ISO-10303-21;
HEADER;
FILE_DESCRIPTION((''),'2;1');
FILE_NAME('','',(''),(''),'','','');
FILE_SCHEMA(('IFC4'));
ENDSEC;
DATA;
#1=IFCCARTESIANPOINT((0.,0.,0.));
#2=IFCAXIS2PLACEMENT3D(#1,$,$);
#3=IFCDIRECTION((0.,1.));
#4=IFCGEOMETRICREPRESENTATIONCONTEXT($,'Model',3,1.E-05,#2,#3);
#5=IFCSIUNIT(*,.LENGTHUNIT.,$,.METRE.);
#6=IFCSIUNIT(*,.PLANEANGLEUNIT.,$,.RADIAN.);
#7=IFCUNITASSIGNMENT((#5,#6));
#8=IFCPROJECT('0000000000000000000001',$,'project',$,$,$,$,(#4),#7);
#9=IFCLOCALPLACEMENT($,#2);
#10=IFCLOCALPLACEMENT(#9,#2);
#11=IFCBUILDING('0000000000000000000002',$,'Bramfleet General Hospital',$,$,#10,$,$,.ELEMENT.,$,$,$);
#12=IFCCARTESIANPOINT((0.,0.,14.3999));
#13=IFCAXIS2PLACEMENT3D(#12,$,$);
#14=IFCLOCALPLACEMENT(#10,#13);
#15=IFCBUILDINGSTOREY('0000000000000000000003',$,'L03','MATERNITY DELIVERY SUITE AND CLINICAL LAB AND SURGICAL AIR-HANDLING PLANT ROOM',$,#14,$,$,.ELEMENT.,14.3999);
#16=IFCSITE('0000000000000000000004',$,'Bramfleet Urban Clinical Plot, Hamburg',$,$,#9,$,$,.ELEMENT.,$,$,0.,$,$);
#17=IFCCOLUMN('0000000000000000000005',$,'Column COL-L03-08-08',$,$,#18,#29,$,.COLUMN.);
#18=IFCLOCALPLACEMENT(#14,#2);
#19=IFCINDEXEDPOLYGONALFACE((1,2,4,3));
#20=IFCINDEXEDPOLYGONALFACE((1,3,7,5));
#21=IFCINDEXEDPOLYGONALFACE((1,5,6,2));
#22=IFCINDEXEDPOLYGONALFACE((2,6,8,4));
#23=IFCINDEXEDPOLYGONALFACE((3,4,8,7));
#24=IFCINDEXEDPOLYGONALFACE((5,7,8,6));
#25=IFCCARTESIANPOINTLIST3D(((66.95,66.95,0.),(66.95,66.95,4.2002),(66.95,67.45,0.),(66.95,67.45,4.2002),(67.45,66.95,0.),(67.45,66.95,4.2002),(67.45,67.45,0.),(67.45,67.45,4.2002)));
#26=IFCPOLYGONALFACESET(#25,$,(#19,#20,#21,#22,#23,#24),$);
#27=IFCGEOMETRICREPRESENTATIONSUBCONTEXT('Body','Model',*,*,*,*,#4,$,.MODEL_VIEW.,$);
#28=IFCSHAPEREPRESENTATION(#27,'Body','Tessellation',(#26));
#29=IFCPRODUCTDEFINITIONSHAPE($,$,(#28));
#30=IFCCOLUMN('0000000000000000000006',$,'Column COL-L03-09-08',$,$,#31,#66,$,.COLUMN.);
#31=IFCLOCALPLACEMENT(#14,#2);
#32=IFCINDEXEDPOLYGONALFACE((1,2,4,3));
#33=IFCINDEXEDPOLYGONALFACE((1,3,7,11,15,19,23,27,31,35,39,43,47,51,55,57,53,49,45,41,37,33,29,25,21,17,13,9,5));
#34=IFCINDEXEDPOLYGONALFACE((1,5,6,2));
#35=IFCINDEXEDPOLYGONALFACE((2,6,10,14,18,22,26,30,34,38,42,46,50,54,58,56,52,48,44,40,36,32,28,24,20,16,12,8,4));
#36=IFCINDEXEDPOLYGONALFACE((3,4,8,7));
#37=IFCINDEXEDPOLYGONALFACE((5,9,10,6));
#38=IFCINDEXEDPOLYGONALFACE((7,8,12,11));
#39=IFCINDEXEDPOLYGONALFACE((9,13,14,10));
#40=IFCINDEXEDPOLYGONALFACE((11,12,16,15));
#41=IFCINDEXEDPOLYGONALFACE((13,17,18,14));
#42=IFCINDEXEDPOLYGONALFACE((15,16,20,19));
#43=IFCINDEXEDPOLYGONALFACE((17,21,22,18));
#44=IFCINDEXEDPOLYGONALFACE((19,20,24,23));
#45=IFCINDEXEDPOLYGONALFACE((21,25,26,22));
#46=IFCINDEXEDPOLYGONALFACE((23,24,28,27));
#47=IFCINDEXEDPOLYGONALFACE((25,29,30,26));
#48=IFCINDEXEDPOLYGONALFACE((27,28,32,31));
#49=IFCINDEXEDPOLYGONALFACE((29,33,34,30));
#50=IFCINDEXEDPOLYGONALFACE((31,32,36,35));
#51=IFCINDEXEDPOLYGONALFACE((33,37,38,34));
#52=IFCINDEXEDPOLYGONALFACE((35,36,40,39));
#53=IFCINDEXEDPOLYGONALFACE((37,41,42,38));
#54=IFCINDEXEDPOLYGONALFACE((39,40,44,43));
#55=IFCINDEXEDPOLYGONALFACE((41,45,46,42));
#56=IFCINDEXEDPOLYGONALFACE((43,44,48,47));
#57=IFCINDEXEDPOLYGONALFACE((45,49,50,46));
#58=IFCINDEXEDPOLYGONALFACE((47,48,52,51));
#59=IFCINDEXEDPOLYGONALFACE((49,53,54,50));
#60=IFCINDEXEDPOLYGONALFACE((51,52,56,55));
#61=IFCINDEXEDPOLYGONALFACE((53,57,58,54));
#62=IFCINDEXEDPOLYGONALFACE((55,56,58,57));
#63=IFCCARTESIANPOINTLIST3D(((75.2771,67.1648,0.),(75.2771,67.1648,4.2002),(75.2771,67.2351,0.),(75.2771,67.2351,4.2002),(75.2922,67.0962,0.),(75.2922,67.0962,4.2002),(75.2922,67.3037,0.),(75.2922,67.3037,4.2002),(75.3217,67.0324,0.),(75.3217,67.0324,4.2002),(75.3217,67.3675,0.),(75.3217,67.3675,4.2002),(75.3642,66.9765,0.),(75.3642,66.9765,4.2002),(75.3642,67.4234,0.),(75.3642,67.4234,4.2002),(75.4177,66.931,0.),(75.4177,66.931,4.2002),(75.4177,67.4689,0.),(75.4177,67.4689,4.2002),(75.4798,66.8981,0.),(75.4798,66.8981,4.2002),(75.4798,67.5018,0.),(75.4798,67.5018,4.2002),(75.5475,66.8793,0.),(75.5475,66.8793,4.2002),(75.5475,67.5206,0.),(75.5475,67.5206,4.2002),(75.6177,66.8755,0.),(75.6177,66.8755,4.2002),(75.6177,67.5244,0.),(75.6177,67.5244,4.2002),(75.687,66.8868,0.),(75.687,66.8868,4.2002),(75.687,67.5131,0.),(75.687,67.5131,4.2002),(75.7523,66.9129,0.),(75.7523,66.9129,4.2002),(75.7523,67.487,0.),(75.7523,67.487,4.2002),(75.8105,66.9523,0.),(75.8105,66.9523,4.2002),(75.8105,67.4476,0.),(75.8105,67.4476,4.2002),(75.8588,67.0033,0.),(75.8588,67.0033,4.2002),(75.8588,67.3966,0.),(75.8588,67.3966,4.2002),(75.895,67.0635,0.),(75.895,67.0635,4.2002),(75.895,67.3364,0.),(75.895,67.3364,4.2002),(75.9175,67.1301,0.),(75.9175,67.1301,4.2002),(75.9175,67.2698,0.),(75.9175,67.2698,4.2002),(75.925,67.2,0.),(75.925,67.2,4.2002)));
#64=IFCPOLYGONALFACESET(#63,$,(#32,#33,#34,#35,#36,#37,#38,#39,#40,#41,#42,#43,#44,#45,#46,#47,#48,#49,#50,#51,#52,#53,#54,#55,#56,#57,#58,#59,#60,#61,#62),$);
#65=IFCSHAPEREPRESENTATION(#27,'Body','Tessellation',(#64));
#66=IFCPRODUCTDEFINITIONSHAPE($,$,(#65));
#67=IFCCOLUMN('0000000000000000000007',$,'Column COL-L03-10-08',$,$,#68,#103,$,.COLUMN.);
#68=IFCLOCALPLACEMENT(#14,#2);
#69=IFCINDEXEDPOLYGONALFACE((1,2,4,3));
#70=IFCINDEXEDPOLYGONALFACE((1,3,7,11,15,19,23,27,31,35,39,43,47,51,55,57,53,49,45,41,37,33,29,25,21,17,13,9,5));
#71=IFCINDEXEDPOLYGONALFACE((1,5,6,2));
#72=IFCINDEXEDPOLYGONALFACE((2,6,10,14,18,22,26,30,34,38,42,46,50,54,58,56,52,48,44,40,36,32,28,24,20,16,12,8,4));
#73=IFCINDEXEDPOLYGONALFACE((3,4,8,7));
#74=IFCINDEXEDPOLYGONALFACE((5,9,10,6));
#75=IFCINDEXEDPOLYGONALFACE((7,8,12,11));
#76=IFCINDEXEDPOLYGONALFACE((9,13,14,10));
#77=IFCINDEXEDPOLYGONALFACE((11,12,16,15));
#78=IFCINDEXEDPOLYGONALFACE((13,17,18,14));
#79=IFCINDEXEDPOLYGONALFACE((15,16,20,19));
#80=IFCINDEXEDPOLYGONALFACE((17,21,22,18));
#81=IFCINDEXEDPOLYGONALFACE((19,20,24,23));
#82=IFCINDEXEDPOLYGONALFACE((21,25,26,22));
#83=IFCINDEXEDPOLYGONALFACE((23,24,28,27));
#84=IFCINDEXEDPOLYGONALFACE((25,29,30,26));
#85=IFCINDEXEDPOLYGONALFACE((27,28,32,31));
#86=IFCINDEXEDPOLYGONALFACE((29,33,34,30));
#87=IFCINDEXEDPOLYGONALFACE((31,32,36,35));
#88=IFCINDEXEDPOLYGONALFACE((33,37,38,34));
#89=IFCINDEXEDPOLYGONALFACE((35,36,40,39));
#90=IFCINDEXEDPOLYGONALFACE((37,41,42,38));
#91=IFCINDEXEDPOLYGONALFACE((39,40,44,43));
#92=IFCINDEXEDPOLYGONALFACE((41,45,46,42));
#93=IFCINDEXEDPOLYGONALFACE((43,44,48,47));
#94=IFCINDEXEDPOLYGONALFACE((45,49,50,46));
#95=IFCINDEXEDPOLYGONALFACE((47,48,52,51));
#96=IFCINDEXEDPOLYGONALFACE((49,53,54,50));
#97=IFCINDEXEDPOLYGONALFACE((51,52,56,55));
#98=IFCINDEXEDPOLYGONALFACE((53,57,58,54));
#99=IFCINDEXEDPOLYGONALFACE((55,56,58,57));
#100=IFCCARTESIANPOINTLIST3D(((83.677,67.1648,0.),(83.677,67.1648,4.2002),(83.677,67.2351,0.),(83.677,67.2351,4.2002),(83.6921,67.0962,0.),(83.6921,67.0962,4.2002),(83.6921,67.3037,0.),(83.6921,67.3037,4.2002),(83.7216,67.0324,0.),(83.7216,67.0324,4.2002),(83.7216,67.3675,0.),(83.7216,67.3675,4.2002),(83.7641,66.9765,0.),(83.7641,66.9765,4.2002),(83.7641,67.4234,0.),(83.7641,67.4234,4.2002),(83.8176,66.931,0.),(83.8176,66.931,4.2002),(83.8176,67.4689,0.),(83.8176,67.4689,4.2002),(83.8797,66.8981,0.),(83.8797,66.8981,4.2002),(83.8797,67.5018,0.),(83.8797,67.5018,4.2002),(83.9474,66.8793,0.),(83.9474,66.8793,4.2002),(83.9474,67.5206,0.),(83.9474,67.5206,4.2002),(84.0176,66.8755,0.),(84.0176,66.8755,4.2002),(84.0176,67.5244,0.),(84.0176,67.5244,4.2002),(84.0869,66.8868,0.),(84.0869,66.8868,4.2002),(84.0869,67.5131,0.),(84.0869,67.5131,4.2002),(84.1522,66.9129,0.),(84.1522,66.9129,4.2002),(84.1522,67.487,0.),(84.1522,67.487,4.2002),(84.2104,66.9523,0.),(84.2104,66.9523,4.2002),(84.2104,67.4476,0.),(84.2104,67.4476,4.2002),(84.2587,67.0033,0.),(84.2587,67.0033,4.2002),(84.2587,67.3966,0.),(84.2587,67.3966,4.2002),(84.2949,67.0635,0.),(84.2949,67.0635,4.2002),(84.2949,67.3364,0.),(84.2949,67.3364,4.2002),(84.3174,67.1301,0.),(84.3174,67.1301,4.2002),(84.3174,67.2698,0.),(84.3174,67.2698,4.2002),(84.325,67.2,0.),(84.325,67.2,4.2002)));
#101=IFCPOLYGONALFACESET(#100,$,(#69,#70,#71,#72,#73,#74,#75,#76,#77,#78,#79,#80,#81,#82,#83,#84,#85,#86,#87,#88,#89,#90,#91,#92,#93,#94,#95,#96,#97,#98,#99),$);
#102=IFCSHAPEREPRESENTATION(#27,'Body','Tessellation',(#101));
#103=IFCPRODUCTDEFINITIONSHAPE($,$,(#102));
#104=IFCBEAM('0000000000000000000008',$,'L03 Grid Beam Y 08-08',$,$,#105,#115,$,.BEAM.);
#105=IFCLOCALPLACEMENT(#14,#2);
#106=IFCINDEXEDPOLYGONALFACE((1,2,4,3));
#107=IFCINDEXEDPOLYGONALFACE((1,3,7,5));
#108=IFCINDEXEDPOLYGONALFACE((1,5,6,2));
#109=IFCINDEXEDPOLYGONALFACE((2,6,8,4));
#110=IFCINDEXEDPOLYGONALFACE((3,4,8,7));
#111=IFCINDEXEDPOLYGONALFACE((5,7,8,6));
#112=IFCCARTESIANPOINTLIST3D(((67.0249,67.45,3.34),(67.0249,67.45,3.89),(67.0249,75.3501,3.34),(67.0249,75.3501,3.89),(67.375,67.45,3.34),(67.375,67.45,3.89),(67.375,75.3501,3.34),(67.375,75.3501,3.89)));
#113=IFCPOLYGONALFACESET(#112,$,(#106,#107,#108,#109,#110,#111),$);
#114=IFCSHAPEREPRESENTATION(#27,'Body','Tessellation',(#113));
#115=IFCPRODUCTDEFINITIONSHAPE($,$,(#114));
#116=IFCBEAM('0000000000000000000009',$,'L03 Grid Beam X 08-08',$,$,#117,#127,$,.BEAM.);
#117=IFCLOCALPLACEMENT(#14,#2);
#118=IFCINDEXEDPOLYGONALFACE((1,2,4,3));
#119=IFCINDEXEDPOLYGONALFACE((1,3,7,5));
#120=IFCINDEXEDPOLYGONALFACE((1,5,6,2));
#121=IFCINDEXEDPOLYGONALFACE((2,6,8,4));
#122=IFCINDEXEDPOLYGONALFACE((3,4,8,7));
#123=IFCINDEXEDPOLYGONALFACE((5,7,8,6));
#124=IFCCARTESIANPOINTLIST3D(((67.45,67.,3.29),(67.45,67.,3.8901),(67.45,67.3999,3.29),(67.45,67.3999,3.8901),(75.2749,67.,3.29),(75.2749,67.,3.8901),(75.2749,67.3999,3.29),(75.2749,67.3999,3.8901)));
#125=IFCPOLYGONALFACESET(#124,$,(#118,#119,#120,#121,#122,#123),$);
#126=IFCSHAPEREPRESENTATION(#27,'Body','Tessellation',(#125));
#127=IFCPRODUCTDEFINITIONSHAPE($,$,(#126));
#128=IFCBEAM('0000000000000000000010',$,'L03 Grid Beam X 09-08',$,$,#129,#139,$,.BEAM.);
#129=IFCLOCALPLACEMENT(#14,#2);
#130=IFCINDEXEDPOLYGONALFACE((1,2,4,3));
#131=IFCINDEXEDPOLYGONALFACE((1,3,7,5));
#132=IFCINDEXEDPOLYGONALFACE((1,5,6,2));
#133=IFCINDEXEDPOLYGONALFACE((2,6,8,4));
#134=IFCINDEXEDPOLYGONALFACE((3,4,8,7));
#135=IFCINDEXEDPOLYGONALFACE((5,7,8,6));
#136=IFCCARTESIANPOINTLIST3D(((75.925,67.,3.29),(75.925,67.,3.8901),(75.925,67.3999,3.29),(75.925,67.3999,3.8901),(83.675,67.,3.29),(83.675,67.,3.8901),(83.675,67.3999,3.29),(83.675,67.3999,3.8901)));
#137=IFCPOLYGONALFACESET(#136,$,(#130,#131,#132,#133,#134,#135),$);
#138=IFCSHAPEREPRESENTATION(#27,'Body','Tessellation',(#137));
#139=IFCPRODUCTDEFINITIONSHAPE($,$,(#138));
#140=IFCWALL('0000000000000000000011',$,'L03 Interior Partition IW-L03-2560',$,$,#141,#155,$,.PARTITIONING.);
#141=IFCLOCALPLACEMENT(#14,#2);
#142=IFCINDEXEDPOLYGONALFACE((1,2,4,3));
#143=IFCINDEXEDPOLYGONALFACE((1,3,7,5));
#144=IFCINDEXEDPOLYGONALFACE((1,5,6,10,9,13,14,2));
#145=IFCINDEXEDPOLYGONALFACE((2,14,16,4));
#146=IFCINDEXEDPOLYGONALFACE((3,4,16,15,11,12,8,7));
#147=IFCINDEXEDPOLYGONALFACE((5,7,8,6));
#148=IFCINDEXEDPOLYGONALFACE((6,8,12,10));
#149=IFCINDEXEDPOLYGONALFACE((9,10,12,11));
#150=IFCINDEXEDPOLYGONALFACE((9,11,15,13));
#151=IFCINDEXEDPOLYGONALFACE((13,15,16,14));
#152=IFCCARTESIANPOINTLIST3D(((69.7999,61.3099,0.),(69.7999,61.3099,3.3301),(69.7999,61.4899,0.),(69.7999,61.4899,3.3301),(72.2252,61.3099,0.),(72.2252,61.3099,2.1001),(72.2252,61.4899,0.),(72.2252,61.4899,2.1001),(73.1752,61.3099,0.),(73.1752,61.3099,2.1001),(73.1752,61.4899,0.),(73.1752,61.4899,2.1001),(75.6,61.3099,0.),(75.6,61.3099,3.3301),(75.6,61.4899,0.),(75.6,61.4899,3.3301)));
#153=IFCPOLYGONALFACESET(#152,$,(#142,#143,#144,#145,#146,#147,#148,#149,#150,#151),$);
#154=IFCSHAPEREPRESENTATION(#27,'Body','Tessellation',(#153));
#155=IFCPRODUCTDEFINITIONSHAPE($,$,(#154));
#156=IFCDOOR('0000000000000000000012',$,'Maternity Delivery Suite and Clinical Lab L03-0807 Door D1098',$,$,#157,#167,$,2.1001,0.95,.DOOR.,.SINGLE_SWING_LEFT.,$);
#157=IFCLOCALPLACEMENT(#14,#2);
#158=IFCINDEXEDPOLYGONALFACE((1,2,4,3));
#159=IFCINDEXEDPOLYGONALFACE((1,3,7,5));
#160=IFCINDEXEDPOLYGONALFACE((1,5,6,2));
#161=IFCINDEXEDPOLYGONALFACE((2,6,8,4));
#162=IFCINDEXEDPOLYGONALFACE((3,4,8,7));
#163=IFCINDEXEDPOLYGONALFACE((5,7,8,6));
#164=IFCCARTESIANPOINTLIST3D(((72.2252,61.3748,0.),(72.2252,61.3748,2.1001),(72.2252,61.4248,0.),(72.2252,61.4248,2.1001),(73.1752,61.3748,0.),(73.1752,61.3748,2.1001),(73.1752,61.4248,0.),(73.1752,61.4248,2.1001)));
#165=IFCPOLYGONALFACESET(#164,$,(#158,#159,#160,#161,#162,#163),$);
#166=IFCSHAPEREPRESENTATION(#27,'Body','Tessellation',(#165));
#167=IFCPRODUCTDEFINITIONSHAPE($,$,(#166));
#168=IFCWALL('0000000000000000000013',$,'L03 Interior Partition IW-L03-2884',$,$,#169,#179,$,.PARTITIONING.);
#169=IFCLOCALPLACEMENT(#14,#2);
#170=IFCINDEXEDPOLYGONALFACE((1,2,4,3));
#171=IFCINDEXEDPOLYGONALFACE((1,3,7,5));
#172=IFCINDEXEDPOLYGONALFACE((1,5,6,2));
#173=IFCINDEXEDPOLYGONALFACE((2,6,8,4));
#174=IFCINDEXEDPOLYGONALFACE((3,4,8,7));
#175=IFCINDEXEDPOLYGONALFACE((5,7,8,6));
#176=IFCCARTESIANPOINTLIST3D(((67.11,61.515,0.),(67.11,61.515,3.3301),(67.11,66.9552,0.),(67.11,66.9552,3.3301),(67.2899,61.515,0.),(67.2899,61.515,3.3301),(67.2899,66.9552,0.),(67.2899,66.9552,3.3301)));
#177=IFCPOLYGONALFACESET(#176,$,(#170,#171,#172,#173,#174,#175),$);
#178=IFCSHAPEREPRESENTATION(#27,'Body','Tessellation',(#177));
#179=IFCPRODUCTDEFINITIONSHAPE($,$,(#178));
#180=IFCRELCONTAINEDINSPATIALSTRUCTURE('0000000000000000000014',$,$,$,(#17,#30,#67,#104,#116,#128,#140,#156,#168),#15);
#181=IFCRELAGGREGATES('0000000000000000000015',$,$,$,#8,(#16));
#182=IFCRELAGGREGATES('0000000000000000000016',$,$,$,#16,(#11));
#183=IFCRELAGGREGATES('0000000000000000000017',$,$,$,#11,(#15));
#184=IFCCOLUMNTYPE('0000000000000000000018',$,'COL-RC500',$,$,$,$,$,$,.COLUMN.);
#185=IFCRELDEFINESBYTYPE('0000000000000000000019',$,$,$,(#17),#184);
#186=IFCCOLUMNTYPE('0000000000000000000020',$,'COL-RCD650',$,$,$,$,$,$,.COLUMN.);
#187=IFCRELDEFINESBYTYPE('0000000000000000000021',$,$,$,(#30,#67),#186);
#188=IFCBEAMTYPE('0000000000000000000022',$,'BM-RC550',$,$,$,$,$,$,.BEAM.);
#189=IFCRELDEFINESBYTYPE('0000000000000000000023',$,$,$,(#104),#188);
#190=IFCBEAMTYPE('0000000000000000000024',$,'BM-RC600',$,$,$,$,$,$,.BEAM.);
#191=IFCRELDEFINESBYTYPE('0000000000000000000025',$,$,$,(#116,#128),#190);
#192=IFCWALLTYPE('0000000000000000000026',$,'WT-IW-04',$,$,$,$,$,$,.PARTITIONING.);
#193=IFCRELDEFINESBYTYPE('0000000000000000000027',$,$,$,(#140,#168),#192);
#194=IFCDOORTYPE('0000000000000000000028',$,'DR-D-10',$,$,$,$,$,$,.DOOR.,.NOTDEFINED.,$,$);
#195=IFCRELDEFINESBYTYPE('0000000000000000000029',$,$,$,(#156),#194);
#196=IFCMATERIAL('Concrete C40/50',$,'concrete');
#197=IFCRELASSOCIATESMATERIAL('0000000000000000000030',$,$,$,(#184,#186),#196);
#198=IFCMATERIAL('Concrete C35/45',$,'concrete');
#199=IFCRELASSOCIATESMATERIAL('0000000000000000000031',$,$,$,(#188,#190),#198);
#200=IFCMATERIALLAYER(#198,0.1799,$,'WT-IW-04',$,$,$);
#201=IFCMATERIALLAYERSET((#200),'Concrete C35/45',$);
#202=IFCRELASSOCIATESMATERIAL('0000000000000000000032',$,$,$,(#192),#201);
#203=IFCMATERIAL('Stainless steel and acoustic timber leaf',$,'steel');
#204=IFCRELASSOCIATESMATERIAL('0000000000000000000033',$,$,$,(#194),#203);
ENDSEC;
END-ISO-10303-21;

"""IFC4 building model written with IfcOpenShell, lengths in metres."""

from ifc_helpers import new_model, si_unit, direction, frame, frame_2d, origin, origin_2d, place, context, subcontext, project, spatial, rectangle, circle, extrude, material, layer, layer_set, material_profile, profile_set, type_object, element, fill, save


model = new_model("IFC4")

# Units and contexts
model_context = context("Model", 3, precision=1e-05, world=origin(), true_north=direction((0.0, 1.0)))
body_context = subcontext(model_context, "Body", "Model", "MODEL_VIEW")
ifc_project = project(units=[si_unit("LENGTHUNIT", "METRE"), si_unit("PLANEANGLEUNIT", "RADIAN")], contexts=[model_context])

# Site, building, storey
site_placement = place(None, origin())
site = spatial("IfcSite", under=ifc_project, at=site_placement, Name="Bramfleet Urban Clinical Plot, Hamburg", CompositionType="ELEMENT", RefElevation=0.0)
building_placement = place(site_placement, origin())
building = spatial("IfcBuilding", under=site, at=building_placement, Name="Bramfleet General Hospital", CompositionType="ELEMENT")
storey_placement = place(building_placement, frame((0.0, 0.0, 14.3999)))
storey = spatial("IfcBuildingStorey", under=building, at=storey_placement, Name="L03", Description="MATERNITY DELIVERY SUITE AND CLINICAL LAB AND SURGICAL AIR-HANDLING PLANT ROOM", CompositionType="ELEMENT", Elevation=14.3999)

# Columns
ifc_material_1 = material(Name="Concrete C40/50", Category="concrete")
ifc_material_profile_1 = material_profile(ifc_material_1, rectangle(XDim=0.5, YDim=0.5, at=origin_2d()), Name="RC COL 500x500")
ifc_profile_set_1 = profile_set([ifc_material_profile_1], Name="Concrete C40/50")
column_type_1 = type_object("IfcColumnType", Name="COL-RC500", PredefinedType="COLUMN", material=ifc_profile_set_1)
column_placement = place(storey_placement, frame((67.2, 67.2, 0.0), z_axis=(0.0, 0.0, 1.0), x_axis=(1.0, 0.0, 0.0)))
element("IfcColumn", 1, at=column_placement, inside=storey, type_object=column_type_1, Name="Column COL-L03-08-08", PredefinedType="COLUMN", context=body_context, shape_type="SweptSolid", body=[
    extrude(rectangle(XDim=0.5, YDim=0.5, at=origin_2d()), origin(), (0.0, 0.0, 1.0), 4.2002),
])
ifc_material_profile_2 = material_profile(ifc_material_1, circle(Radius=0.325, at=origin_2d()), Name="RC ROUND D650")
ifc_profile_set_2 = profile_set([ifc_material_profile_2], Name="Concrete C40/50")
column_type_2 = type_object("IfcColumnType", Name="COL-RCD650", PredefinedType="COLUMN", material=ifc_profile_set_2)
for number, where, z_axis, x_axis, name in (
    (2, (75.6001, 67.2, 0.0), (0.0, 0.0, 1.0), (1.0, 0.0, 0.0), "Column COL-L03-09-08"),
    (3, (84.0, 67.2, 0.0), (0.0, 0.0, 1.0), (1.0, 0.0, 0.0), "Column COL-L03-10-08"),
):
    element("IfcColumn", number, at=place(storey_placement, frame(where, z_axis=z_axis, x_axis=x_axis)), inside=storey, type_object=column_type_2, Name=name, PredefinedType="COLUMN", context=body_context, shape_type="SweptSolid", body=[
        extrude(circle(Radius=0.325, at=origin_2d()), origin(), (0.0, 0.0, 1.0), 4.2002),
    ])

# Beams
ifc_material_2 = material(Name="Concrete C35/45", Category="concrete")
ifc_material_profile_3 = material_profile(ifc_material_2, rectangle(XDim=0.3501, YDim=0.55, at=origin_2d()), Name="RC BM 550x350")
ifc_profile_set_3 = profile_set([ifc_material_profile_3], Name="Concrete C35/45")
beam_type_1 = type_object("IfcBeamType", Name="BM-RC550", PredefinedType="BEAM", material=ifc_profile_set_3)
beam_1_placement = place(storey_placement, frame((67.2, 67.45, 3.615), z_axis=(0.0, 1.0, 0.0), x_axis=(-1.0, 0.0, 0.0)))
element("IfcBeam", 4, at=beam_1_placement, inside=storey, type_object=beam_type_1, Name="L03 Grid Beam Y 08-08", PredefinedType="BEAM", context=body_context, shape_type="SweptSolid", body=[
    extrude(rectangle(XDim=0.3501, YDim=0.55, at=origin_2d()), origin(), (0.0, 0.0, 1.0), 7.9001),
])
ifc_material_profile_4 = material_profile(ifc_material_2, rectangle(XDim=0.3999, YDim=0.6001, at=origin_2d()), Name="RC BM 600x400")
ifc_profile_set_4 = profile_set([ifc_material_profile_4], Name="Concrete C35/45")
beam_type_2 = type_object("IfcBeamType", Name="BM-RC600", PredefinedType="BEAM", material=ifc_profile_set_4)
beam_2_placement = place(storey_placement, frame((67.45, 67.2, 3.5901), z_axis=(1.0, 0.0, 0.0), x_axis=(0.0, 1.0, 0.0)))
element("IfcBeam", 5, at=beam_2_placement, inside=storey, type_object=beam_type_2, Name="L03 Grid Beam X 08-08", PredefinedType="BEAM", context=body_context, shape_type="SweptSolid", body=[
    extrude(rectangle(XDim=0.3999, YDim=0.6001, at=origin_2d()), origin(), (0.0, 0.0, 1.0), 7.825),
])
beam_3_placement = place(storey_placement, frame((75.925, 67.2, 3.5901), z_axis=(1.0, 0.0, 0.0), x_axis=(0.0, 1.0, 0.0)))
element("IfcBeam", 6, at=beam_3_placement, inside=storey, type_object=beam_type_2, Name="L03 Grid Beam X 09-08", PredefinedType="BEAM", context=body_context, shape_type="SweptSolid", body=[
    extrude(rectangle(XDim=0.3999, YDim=0.6001, at=origin_2d()), origin(), (0.0, 0.0, 1.0), 7.75),
])

# Wall, opening, door
ifc_layer_1 = layer(ifc_material_2, 0.1799, Name="WT-IW-04")
ifc_layer_set_1 = layer_set([ifc_layer_1], Name="Concrete C35/45")
wall_type_1 = type_object("IfcWallType", Name="WT-IW-04", PredefinedType="PARTITIONING", material=ifc_layer_set_1)
wall_1_placement = place(storey_placement, frame((69.8, 61.3999, 0.0), z_axis=(0.0, 0.0, 1.0), x_axis=(1.0, 0.0, 0.0)))
wall_1 = element("IfcWall", 7, at=wall_1_placement, inside=storey, type_object=wall_type_1, Name="L03 Interior Partition IW-L03-2560", PredefinedType="PARTITIONING", context=body_context, shape_type="SweptSolid", body=[
    extrude(rectangle(XDim=5.8, YDim=0.1799, at=frame_2d((2.8999, 0.0))), origin(), (0.0, 0.0, 1.0), 3.3301),
])
opening_1_placement = place(wall_1_placement, frame((2.425, 0.0, 0.0)))
opening_1 = element("IfcOpeningElement", 8, at=opening_1_placement, cuts=wall_1, PredefinedType="OPENING", context=body_context, shape_type="SweptSolid", body=[
    extrude(rectangle(XDim=0.95, YDim=2.1001, at=frame_2d((0.4751, 1.05))), frame((0.0, 0.0999, 0.0), z_axis=(0.0, -1.0, 0.0), x_axis=(1.0, 0.0, 0.0)), (0.0, 0.0, 1.0), 0.2),
])
ifc_material_3 = material(Name="Stainless steel and acoustic timber leaf", Category="steel")
door_type_1 = type_object("IfcDoorType", Name="DR-D-10", OperationType="NOTDEFINED", PredefinedType="DOOR", material=ifc_material_3)
door_1_placement = place(opening_1_placement, origin())
door_1 = element("IfcDoor", 9, at=door_1_placement, inside=storey, type_object=door_type_1, Name="Maternity Delivery Suite and Clinical Lab L03-0807 Door D1098", OperationType="SINGLE_SWING_LEFT", OverallHeight=2.1001, OverallWidth=0.95, PredefinedType="DOOR", context=body_context, shape_type="SweptSolid", body=[
    extrude(rectangle(XDim=0.95, YDim=2.1001, at=frame_2d((0.4751, 1.05))), frame((0.0, 0.0249, 0.0), z_axis=(0.0, -1.0, 0.0), x_axis=(1.0, 0.0, 0.0)), (0.0, 0.0, 1.0), 0.05),
])
fill(opening_1, door_1)

# Wall
wall_2_placement = place(storey_placement, frame((67.2, 61.5149, 0.0), z_axis=(0.0, 0.0, 1.0), x_axis=(0.0, 1.0, 0.0)))
element("IfcWall", 10, at=wall_2_placement, inside=storey, type_object=wall_type_1, Name="L03 Interior Partition IW-L03-2884", PredefinedType="PARTITIONING", context=body_context, shape_type="SweptSolid", body=[
    extrude(rectangle(XDim=5.4402, YDim=0.1799, at=frame_2d((2.7202, 0.0))), origin(), (0.0, 0.0, 1.0), 3.3301),
])

save(model, "model.ifc")
